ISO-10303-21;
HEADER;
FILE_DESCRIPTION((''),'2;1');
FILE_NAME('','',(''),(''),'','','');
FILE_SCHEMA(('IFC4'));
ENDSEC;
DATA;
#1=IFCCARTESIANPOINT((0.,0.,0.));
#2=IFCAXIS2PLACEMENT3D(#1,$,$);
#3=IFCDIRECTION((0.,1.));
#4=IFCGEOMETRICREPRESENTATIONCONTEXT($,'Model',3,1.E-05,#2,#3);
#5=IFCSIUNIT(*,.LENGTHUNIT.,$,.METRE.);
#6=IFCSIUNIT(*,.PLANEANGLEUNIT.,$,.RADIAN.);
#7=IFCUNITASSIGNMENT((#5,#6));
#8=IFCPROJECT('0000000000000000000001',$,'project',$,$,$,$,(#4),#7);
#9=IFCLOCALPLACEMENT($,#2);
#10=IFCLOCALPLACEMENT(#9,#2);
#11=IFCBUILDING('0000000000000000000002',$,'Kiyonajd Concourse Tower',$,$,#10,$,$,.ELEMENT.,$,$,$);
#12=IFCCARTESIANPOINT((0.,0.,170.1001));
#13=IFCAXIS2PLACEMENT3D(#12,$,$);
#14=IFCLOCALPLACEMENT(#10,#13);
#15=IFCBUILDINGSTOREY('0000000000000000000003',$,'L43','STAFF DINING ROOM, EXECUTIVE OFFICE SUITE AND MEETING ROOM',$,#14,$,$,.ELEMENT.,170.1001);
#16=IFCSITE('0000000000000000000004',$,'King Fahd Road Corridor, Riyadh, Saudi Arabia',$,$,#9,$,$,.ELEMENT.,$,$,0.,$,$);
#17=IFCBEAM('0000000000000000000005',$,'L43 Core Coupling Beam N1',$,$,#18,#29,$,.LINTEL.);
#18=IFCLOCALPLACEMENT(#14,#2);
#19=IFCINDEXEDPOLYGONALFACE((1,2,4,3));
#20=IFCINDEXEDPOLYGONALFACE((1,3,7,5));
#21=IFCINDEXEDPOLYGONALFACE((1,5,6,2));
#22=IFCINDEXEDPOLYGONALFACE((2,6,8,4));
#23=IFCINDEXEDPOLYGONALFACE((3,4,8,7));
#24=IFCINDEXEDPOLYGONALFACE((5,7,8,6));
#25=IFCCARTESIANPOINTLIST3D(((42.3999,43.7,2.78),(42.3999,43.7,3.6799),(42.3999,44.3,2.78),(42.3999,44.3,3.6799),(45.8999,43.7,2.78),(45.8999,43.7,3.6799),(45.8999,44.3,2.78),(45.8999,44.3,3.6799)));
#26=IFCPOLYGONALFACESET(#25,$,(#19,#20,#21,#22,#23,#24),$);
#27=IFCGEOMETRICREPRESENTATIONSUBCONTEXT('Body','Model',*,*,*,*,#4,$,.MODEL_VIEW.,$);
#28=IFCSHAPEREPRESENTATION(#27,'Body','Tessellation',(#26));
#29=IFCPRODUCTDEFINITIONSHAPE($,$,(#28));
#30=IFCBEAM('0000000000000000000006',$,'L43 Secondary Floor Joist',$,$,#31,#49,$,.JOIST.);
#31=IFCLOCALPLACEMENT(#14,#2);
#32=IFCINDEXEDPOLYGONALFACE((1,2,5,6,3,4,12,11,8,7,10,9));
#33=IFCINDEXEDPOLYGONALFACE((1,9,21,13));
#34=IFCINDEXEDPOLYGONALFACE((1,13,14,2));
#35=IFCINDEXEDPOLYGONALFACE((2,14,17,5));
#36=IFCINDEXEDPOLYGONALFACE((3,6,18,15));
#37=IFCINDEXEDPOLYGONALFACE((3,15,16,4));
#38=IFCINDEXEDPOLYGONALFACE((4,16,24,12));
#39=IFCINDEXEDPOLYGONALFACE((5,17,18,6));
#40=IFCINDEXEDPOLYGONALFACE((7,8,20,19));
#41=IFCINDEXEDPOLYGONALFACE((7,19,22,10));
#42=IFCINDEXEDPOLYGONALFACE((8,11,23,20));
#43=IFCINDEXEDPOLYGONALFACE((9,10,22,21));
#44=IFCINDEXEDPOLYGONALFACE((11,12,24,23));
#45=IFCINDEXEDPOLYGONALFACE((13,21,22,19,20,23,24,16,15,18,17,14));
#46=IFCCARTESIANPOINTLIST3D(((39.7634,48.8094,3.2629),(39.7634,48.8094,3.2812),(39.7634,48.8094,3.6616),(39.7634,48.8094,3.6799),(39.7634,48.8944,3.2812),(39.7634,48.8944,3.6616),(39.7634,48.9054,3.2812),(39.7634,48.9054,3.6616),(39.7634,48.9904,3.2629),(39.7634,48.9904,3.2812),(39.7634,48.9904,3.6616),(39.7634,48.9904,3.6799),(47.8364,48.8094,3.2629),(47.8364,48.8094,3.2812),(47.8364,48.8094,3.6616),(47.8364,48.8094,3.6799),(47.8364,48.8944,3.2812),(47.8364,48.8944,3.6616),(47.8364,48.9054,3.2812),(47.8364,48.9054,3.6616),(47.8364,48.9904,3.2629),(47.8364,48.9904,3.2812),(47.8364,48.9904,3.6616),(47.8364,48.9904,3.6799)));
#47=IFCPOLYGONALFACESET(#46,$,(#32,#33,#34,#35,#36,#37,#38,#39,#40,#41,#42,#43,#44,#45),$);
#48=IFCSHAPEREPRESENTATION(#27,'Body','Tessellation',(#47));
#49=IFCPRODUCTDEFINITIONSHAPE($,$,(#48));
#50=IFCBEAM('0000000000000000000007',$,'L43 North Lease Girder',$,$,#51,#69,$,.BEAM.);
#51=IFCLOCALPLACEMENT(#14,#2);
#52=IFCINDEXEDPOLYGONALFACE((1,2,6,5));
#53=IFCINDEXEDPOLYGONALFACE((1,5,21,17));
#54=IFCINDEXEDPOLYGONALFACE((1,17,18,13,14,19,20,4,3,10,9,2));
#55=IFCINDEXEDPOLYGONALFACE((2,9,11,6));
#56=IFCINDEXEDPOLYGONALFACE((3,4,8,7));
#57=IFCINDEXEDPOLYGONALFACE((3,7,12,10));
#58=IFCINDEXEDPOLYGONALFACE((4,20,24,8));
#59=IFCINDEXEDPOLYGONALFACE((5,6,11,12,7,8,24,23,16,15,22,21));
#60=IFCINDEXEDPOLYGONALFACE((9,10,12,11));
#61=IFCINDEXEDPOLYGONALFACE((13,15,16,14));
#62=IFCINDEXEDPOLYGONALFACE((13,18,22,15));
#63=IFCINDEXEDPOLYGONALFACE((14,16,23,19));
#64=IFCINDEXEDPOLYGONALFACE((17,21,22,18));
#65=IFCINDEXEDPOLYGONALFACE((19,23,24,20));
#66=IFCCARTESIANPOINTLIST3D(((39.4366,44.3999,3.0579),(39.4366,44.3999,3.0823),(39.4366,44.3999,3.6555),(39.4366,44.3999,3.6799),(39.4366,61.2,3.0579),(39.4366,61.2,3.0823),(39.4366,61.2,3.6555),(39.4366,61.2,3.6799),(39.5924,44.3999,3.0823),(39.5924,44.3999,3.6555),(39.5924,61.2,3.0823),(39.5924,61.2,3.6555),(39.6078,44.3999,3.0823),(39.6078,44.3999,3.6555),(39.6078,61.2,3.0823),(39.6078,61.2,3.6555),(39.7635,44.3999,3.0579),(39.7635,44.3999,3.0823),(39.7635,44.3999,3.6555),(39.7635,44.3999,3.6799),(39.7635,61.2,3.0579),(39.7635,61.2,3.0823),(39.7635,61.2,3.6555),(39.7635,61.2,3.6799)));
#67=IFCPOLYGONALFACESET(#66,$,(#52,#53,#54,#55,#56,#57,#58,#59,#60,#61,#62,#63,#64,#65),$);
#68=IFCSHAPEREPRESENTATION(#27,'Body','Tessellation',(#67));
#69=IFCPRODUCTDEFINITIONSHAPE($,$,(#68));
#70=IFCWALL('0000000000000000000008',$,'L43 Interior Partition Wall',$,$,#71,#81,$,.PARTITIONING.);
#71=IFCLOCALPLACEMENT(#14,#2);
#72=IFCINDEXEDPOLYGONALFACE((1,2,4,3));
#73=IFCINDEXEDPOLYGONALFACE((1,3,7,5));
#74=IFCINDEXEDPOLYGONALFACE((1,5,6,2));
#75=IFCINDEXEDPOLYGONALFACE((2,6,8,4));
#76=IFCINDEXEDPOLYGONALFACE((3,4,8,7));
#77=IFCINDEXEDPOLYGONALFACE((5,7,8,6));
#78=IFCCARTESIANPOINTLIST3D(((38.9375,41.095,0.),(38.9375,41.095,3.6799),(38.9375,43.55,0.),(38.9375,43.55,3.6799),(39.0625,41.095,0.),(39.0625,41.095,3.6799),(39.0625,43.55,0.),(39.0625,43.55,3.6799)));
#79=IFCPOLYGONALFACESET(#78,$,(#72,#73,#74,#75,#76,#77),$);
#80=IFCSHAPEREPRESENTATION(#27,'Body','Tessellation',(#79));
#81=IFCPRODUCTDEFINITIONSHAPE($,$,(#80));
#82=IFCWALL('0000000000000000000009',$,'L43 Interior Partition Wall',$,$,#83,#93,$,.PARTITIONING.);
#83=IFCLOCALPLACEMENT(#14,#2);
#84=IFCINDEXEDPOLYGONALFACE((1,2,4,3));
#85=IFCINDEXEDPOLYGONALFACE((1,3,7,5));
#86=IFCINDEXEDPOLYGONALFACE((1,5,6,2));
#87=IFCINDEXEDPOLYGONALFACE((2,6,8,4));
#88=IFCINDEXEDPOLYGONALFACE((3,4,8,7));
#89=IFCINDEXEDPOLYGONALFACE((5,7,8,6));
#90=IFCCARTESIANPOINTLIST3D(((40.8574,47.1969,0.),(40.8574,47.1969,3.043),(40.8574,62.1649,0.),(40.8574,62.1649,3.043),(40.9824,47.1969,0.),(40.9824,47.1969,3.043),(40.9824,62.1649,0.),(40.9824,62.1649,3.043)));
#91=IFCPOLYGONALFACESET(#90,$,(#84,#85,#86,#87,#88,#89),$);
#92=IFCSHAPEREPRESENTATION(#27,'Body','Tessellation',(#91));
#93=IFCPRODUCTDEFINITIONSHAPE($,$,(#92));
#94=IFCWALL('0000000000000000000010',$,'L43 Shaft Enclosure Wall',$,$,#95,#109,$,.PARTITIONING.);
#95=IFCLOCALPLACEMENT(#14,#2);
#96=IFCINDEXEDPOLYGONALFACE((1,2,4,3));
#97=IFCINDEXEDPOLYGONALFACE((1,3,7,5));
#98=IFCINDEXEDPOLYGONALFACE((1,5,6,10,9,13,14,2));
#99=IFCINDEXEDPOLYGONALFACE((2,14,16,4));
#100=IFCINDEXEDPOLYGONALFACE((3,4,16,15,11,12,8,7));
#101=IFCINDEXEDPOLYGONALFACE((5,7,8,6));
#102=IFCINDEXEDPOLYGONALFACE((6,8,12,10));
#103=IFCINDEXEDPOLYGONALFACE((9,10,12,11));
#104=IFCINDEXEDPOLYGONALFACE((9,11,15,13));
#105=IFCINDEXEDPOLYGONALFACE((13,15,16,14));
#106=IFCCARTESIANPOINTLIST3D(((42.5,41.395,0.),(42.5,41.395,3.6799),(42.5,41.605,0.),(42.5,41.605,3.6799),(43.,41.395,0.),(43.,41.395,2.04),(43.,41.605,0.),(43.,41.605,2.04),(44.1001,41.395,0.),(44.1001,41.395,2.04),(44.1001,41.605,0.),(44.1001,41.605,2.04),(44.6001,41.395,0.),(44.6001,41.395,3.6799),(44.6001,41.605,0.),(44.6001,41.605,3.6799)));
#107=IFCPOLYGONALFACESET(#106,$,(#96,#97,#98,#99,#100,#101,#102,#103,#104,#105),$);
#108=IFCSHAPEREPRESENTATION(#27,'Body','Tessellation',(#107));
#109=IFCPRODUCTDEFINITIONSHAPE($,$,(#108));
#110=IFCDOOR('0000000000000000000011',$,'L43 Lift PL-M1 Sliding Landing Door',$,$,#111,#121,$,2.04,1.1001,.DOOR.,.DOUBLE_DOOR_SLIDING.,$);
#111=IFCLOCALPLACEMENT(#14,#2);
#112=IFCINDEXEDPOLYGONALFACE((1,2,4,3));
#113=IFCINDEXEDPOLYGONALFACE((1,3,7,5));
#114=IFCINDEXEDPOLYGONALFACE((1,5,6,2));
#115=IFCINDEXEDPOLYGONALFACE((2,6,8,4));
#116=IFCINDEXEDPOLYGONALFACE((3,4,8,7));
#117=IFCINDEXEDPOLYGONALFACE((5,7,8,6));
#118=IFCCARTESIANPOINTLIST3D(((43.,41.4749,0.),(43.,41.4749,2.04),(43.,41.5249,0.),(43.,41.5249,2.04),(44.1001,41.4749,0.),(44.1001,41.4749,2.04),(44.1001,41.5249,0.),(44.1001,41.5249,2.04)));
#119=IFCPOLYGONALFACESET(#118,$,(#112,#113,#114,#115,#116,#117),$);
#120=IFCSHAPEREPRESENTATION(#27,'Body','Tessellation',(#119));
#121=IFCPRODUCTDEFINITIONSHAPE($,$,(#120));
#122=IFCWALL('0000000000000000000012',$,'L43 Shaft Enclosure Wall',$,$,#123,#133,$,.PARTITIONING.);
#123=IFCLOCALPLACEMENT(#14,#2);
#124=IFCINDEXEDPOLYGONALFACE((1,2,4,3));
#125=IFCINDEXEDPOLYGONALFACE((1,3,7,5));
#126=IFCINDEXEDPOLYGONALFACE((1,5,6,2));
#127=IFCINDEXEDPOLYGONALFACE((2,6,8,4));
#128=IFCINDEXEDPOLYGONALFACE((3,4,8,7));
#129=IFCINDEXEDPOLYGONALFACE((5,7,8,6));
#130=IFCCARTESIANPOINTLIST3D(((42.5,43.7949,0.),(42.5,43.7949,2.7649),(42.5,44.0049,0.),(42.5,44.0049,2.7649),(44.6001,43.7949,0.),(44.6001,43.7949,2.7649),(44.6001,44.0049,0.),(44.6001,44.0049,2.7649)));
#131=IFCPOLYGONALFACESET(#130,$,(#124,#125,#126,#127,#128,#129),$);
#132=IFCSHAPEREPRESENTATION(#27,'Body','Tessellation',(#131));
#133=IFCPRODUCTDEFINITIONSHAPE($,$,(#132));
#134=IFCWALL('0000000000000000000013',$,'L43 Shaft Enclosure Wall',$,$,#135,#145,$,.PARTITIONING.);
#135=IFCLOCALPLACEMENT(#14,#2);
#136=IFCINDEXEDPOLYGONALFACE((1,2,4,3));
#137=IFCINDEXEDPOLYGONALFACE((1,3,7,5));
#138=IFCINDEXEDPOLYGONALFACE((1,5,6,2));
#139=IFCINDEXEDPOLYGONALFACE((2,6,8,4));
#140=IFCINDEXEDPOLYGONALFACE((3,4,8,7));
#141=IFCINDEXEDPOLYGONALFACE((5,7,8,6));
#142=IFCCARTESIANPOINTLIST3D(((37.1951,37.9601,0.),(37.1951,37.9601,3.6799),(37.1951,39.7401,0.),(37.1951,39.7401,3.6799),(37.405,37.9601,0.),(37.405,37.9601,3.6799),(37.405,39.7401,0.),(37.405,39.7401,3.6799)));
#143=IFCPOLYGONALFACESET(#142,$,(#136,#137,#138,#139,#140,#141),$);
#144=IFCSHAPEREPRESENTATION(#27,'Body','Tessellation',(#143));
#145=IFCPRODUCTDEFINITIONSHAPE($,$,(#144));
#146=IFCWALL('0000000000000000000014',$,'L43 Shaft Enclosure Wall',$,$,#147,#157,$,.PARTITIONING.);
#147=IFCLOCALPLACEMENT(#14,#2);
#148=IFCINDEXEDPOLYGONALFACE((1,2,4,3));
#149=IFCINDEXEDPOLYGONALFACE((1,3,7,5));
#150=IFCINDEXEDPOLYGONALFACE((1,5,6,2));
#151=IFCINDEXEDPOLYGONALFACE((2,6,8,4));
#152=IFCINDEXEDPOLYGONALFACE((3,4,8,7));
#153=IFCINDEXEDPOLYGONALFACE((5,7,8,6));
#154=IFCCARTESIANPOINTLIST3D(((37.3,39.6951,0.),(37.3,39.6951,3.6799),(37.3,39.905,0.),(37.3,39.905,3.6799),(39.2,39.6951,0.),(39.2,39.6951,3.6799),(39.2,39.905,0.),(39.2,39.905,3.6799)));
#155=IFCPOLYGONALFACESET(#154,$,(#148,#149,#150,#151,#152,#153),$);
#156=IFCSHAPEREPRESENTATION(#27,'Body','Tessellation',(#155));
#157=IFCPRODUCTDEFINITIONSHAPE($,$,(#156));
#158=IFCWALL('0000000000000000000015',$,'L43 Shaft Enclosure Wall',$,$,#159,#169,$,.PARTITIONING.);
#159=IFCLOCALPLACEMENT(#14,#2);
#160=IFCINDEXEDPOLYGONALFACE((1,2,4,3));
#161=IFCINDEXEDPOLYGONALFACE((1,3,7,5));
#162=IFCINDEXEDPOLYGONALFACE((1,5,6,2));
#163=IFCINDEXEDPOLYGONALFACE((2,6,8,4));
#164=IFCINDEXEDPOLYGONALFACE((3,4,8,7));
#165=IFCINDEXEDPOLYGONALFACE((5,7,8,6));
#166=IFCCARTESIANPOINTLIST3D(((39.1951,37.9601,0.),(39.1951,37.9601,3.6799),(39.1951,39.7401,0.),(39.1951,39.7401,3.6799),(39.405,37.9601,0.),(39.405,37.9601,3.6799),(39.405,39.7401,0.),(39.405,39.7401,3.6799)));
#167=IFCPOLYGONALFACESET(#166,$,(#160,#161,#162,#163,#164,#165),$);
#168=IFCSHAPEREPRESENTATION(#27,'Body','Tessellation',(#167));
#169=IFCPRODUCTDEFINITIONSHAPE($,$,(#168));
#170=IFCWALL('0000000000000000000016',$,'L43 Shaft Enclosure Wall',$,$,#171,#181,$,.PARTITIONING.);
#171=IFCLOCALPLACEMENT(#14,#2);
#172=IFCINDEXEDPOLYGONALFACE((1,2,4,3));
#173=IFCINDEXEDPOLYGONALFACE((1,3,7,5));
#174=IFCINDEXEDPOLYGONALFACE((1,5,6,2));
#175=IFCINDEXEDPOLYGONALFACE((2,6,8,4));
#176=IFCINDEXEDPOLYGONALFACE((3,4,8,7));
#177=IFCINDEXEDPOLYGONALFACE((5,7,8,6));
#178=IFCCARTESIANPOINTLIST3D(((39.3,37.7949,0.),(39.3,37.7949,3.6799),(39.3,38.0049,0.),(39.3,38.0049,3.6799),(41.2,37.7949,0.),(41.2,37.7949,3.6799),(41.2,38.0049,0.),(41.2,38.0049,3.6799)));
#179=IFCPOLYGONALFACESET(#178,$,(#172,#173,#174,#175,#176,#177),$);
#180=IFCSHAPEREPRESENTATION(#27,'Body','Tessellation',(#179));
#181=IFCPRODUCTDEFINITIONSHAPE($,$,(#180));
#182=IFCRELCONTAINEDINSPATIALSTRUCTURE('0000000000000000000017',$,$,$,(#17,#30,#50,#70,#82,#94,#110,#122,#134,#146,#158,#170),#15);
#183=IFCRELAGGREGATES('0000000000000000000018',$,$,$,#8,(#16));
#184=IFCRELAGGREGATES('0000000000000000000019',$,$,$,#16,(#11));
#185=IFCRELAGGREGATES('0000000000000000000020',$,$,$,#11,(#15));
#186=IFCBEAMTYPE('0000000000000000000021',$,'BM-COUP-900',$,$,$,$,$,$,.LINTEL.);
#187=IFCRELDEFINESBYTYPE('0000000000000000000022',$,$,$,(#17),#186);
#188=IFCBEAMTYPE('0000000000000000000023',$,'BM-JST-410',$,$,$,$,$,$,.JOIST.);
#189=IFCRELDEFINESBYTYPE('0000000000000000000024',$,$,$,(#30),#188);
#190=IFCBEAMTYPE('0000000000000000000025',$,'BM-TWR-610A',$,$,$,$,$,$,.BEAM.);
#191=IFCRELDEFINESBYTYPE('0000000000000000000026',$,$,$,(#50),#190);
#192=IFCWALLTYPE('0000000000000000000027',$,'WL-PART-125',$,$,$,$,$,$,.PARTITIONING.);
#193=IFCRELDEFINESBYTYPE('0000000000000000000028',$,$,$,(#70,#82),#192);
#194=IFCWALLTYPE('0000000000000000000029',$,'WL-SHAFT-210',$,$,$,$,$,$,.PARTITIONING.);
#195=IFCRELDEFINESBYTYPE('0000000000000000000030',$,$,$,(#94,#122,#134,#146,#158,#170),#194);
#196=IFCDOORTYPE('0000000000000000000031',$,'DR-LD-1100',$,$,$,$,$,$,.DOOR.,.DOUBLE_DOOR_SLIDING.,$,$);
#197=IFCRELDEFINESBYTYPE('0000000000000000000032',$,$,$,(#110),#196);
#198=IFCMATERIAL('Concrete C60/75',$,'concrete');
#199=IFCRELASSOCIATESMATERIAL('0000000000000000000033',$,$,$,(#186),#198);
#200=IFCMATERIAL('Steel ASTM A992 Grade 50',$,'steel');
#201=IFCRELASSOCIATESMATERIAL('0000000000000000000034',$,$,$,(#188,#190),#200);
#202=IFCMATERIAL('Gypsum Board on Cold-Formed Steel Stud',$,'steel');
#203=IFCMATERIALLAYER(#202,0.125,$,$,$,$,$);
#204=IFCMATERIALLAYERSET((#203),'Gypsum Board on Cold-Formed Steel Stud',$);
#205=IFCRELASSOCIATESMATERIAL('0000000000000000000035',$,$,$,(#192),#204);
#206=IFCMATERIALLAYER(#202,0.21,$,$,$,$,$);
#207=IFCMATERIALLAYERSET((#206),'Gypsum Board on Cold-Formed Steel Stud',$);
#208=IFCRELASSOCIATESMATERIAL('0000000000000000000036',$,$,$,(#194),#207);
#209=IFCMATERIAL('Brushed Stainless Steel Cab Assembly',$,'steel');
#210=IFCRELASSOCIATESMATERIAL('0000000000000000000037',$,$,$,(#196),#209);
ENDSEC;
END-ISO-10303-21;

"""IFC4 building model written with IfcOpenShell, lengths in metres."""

from ifc_helpers import new_model, si_unit, direction, frame, frame_2d, origin, origin_2d, place, context, subcontext, project, spatial, rectangle, i_section, extrude, material, layer, layer_set, material_profile, profile_set, type_object, element, fill, save


model = new_model("IFC4")

# Units and contexts
model_context = context("Model", 3, precision=1e-05, world=origin(), true_north=direction((0.0, 1.0)))
body_context = subcontext(model_context, "Body", "Model", "MODEL_VIEW")
ifc_project = project(units=[si_unit("LENGTHUNIT", "METRE"), si_unit("PLANEANGLEUNIT", "RADIAN")], contexts=[model_context])

# Site, building, storey
site_placement = place(None, origin())
site = spatial("IfcSite", under=ifc_project, at=site_placement, Name="King Fahd Road Corridor, Riyadh, Saudi Arabia", CompositionType="ELEMENT", RefElevation=0.0)
building_placement = place(site_placement, origin())
building = spatial("IfcBuilding", under=site, at=building_placement, Name="Kiyonajd Concourse Tower", CompositionType="ELEMENT")
storey_placement = place(building_placement, frame((0.0, 0.0, 170.1001)))
storey = spatial("IfcBuildingStorey", under=building, at=storey_placement, Name="L43", Description="STAFF DINING ROOM, EXECUTIVE OFFICE SUITE AND MEETING ROOM", CompositionType="ELEMENT", Elevation=170.1001)

# Beams
ifc_material_1 = material(Name="Concrete C60/75", Category="concrete")
ifc_material_profile_1 = material_profile(ifc_material_1, rectangle(XDim=0.6001, YDim=0.8999, at=origin_2d()), Name="RCBM-600x900")
ifc_profile_set_1 = profile_set([ifc_material_profile_1], Name="Concrete C60/75")
beam_type_1 = type_object("IfcBeamType", Name="BM-COUP-900", PredefinedType="LINTEL", material=ifc_profile_set_1)
beam_1_placement = place(storey_placement, frame((42.3999, 44.0, 3.23), z_axis=(1.0, 0.0, 0.0), x_axis=(0.0, 1.0, 0.0)))
element("IfcBeam", 1, at=beam_1_placement, inside=storey, type_object=beam_type_1, Name="L43 Core Coupling Beam N1", PredefinedType="LINTEL", context=body_context, shape_type="SweptSolid", body=[
    extrude(rectangle(XDim=0.6001, YDim=0.8999, at=origin_2d()), origin(), (0.0, 0.0, 1.0), 3.5),
])
ifc_material_2 = material(Name="Steel ASTM A992 Grade 50", Category="steel")
ifc_material_profile_2 = material_profile(ifc_material_2, i_section(OverallWidth=0.1809, OverallDepth=0.417, WebThickness=0.011, FlangeThickness=0.0183, at=origin_2d()), Name="W410X85")
ifc_profile_set_2 = profile_set([ifc_material_profile_2], Name="Steel ASTM A992 Grade 50")
beam_type_2 = type_object("IfcBeamType", Name="BM-JST-410", PredefinedType="JOIST", material=ifc_profile_set_2)
beam_2_placement = place(storey_placement, frame((39.7634, 48.8999, 3.4714), z_axis=(1.0, 0.0, 0.0), x_axis=(0.0, 1.0, 0.0)))
element("IfcBeam", 2, at=beam_2_placement, inside=storey, type_object=beam_type_2, Name="L43 Secondary Floor Joist", PredefinedType="JOIST", context=body_context, shape_type="SweptSolid", body=[
    extrude(i_section(OverallWidth=0.1809, OverallDepth=0.417, WebThickness=0.011, FlangeThickness=0.0183, at=origin_2d()), origin(), (0.0, 0.0, 1.0), 8.073),
])
ifc_material_profile_3 = material_profile(ifc_material_2, i_section(OverallWidth=0.3269, OverallDepth=0.6221, WebThickness=0.0154, FlangeThickness=0.0244, at=origin_2d()), Name="W610X195")
ifc_profile_set_3 = profile_set([ifc_material_profile_3], Name="Steel ASTM A992 Grade 50")
beam_type_3 = type_object("IfcBeamType", Name="BM-TWR-610A", PredefinedType="BEAM", material=ifc_profile_set_3)
beam_3_placement = place(storey_placement, frame((39.6001, 44.3999, 3.3689), z_axis=(0.0, 1.0, 0.0), x_axis=(-1.0, 0.0, 0.0)))
element("IfcBeam", 3, at=beam_3_placement, inside=storey, type_object=beam_type_3, Name="L43 North Lease Girder", PredefinedType="BEAM", context=body_context, shape_type="SweptSolid", body=[
    extrude(i_section(OverallWidth=0.3269, OverallDepth=0.6221, WebThickness=0.0154, FlangeThickness=0.0244, at=origin_2d()), origin(), (0.0, 0.0, 1.0), 16.8),
])

# Walls
ifc_material_3 = material(Name="Gypsum Board on Cold-Formed Steel Stud", Category="steel")
ifc_layer_1 = layer(ifc_material_3, 0.125)
ifc_layer_set_1 = layer_set([ifc_layer_1], Name="Gypsum Board on Cold-Formed Steel Stud")
wall_type_1 = type_object("IfcWallType", Name="WL-PART-125", PredefinedType="PARTITIONING", material=ifc_layer_set_1)
wall_1_placement = place(storey_placement, frame((39.0, 41.095, 0.0), z_axis=(0.0, 0.0, 1.0), x_axis=(0.0, 1.0, 0.0)))
element("IfcWall", 4, at=wall_1_placement, inside=storey, type_object=wall_type_1, Name="L43 Interior Partition Wall", PredefinedType="PARTITIONING", context=body_context, shape_type="SweptSolid", body=[
    extrude(rectangle(XDim=2.4551, YDim=0.125, at=frame_2d((1.2275, 0.0))), origin(), (0.0, 0.0, 1.0), 3.6799),
])
wall_2_placement = place(storey_placement, frame((40.9199, 47.197, 0.0), z_axis=(0.0, 0.0, 1.0), x_axis=(0.0, 1.0, 0.0)))
element("IfcWall", 5, at=wall_2_placement, inside=storey, type_object=wall_type_1, Name="L43 Interior Partition Wall", PredefinedType="PARTITIONING", context=body_context, shape_type="SweptSolid", body=[
    extrude(rectangle(XDim=14.968, YDim=0.125, at=frame_2d((7.4839, 0.0))), origin(), (0.0, 0.0, 1.0), 3.043),
])

# Wall, opening, door
ifc_layer_2 = layer(ifc_material_3, 0.21)
ifc_layer_set_2 = layer_set([ifc_layer_2], Name="Gypsum Board on Cold-Formed Steel Stud")
wall_type_2 = type_object("IfcWallType", Name="WL-SHAFT-210", PredefinedType="PARTITIONING", material=ifc_layer_set_2)
wall_3_placement = place(storey_placement, frame((42.5, 41.5, 0.0), z_axis=(0.0, 0.0, 1.0), x_axis=(1.0, 0.0, 0.0)))
wall_3 = element("IfcWall", 6, at=wall_3_placement, inside=storey, type_object=wall_type_2, Name="L43 Shaft Enclosure Wall", PredefinedType="PARTITIONING", context=body_context, shape_type="SweptSolid", body=[
    extrude(rectangle(XDim=2.1001, YDim=0.21, at=frame_2d((1.05, 0.0))), origin(), (0.0, 0.0, 1.0), 3.6799),
])
opening_placement = place(wall_3_placement, frame((0.5, 0.0, 0.0)))
opening = element("IfcOpeningElement", 7, at=opening_placement, cuts=wall_3, PredefinedType="OPENING", context=body_context, shape_type="SweptSolid", body=[
    extrude(rectangle(XDim=1.1001, YDim=2.04, at=frame_2d((0.55, 1.02))), frame((0.0, 0.115, 0.0), z_axis=(0.0, -1.0, 0.0), x_axis=(1.0, 0.0, 0.0)), (0.0, 0.0, 1.0), 0.23),
])
ifc_material_4 = material(Name="Brushed Stainless Steel Cab Assembly", Category="steel")
door_type = type_object("IfcDoorType", Name="DR-LD-1100", OperationType="DOUBLE_DOOR_SLIDING", PredefinedType="DOOR", material=ifc_material_4)
door_placement = place(opening_placement, origin())
door = element("IfcDoor", 8, at=door_placement, inside=storey, type_object=door_type, Name="L43 Lift PL-M1 Sliding Landing Door", OperationType="DOUBLE_DOOR_SLIDING", OverallHeight=2.04, OverallWidth=1.1001, PredefinedType="DOOR", context=body_context, shape_type="SweptSolid", body=[
    extrude(rectangle(XDim=1.1001, YDim=2.04, at=frame_2d((0.55, 1.02))), frame((0.0, 0.0249, 0.0), z_axis=(0.0, -1.0, 0.0), x_axis=(1.0, 0.0, 0.0)), (0.0, 0.0, 1.0), 0.05),
])
fill(opening, door)

# Walls
wall_4_placement = place(storey_placement, frame((42.5, 43.8999, 0.0), z_axis=(0.0, 0.0, 1.0), x_axis=(1.0, 0.0, 0.0)))
element("IfcWall", 9, at=wall_4_placement, inside=storey, type_object=wall_type_2, Name="L43 Shaft Enclosure Wall", PredefinedType="PARTITIONING", context=body_context, shape_type="SweptSolid", body=[
    extrude(rectangle(XDim=2.1001, YDim=0.21, at=frame_2d((1.05, 0.0))), origin(), (0.0, 0.0, 1.0), 2.7649),
])
wall_5_placement = place(storey_placement, frame((37.3, 37.96, 0.0), z_axis=(0.0, 0.0, 1.0), x_axis=(0.0, 1.0, 0.0)))
element("IfcWall", 10, at=wall_5_placement, inside=storey, type_object=wall_type_2, Name="L43 Shaft Enclosure Wall", PredefinedType="PARTITIONING", context=body_context, shape_type="SweptSolid", body=[
    extrude(rectangle(XDim=1.78, YDim=0.21, at=frame_2d((0.8901, 0.0))), origin(), (0.0, 0.0, 1.0), 3.6799),
])
wall_6_placement = place(storey_placement, frame((37.3, 39.8, 0.0), z_axis=(0.0, 0.0, 1.0), x_axis=(1.0, 0.0, 0.0)))
element("IfcWall", 11, at=wall_6_placement, inside=storey, type_object=wall_type_2, Name="L43 Shaft Enclosure Wall", PredefinedType="PARTITIONING", context=body_context, shape_type="SweptSolid", body=[
    extrude(rectangle(XDim=1.8999, YDim=0.21, at=frame_2d((0.95, 0.0))), origin(), (0.0, 0.0, 1.0), 3.6799),
])
wall_7_placement = place(storey_placement, frame((39.3, 37.96, 0.0), z_axis=(0.0, 0.0, 1.0), x_axis=(0.0, 1.0, 0.0)))
element("IfcWall", 12, at=wall_7_placement, inside=storey, type_object=wall_type_2, Name="L43 Shaft Enclosure Wall", PredefinedType="PARTITIONING", context=body_context, shape_type="SweptSolid", body=[
    extrude(rectangle(XDim=1.78, YDim=0.21, at=frame_2d((0.8901, 0.0))), origin(), (0.0, 0.0, 1.0), 3.6799),
])
for number, where, z_axis, x_axis, name in (
    (13, (39.3, 37.8999, 0.0), (0.0, 0.0, 1.0), (1.0, 0.0, 0.0), "L43 Shaft Enclosure Wall"),
):
    element("IfcWall", number, at=place(storey_placement, frame(where, z_axis=z_axis, x_axis=x_axis)), inside=storey, type_object=wall_type_2, Name=name, PredefinedType="PARTITIONING", context=body_context, shape_type="SweptSolid", body=[
        extrude(rectangle(XDim=1.8999, YDim=0.21, at=frame_2d((0.95, 0.0))), origin(), (0.0, 0.0, 1.0), 3.6799),
    ])

save(model, "model.ifc")
